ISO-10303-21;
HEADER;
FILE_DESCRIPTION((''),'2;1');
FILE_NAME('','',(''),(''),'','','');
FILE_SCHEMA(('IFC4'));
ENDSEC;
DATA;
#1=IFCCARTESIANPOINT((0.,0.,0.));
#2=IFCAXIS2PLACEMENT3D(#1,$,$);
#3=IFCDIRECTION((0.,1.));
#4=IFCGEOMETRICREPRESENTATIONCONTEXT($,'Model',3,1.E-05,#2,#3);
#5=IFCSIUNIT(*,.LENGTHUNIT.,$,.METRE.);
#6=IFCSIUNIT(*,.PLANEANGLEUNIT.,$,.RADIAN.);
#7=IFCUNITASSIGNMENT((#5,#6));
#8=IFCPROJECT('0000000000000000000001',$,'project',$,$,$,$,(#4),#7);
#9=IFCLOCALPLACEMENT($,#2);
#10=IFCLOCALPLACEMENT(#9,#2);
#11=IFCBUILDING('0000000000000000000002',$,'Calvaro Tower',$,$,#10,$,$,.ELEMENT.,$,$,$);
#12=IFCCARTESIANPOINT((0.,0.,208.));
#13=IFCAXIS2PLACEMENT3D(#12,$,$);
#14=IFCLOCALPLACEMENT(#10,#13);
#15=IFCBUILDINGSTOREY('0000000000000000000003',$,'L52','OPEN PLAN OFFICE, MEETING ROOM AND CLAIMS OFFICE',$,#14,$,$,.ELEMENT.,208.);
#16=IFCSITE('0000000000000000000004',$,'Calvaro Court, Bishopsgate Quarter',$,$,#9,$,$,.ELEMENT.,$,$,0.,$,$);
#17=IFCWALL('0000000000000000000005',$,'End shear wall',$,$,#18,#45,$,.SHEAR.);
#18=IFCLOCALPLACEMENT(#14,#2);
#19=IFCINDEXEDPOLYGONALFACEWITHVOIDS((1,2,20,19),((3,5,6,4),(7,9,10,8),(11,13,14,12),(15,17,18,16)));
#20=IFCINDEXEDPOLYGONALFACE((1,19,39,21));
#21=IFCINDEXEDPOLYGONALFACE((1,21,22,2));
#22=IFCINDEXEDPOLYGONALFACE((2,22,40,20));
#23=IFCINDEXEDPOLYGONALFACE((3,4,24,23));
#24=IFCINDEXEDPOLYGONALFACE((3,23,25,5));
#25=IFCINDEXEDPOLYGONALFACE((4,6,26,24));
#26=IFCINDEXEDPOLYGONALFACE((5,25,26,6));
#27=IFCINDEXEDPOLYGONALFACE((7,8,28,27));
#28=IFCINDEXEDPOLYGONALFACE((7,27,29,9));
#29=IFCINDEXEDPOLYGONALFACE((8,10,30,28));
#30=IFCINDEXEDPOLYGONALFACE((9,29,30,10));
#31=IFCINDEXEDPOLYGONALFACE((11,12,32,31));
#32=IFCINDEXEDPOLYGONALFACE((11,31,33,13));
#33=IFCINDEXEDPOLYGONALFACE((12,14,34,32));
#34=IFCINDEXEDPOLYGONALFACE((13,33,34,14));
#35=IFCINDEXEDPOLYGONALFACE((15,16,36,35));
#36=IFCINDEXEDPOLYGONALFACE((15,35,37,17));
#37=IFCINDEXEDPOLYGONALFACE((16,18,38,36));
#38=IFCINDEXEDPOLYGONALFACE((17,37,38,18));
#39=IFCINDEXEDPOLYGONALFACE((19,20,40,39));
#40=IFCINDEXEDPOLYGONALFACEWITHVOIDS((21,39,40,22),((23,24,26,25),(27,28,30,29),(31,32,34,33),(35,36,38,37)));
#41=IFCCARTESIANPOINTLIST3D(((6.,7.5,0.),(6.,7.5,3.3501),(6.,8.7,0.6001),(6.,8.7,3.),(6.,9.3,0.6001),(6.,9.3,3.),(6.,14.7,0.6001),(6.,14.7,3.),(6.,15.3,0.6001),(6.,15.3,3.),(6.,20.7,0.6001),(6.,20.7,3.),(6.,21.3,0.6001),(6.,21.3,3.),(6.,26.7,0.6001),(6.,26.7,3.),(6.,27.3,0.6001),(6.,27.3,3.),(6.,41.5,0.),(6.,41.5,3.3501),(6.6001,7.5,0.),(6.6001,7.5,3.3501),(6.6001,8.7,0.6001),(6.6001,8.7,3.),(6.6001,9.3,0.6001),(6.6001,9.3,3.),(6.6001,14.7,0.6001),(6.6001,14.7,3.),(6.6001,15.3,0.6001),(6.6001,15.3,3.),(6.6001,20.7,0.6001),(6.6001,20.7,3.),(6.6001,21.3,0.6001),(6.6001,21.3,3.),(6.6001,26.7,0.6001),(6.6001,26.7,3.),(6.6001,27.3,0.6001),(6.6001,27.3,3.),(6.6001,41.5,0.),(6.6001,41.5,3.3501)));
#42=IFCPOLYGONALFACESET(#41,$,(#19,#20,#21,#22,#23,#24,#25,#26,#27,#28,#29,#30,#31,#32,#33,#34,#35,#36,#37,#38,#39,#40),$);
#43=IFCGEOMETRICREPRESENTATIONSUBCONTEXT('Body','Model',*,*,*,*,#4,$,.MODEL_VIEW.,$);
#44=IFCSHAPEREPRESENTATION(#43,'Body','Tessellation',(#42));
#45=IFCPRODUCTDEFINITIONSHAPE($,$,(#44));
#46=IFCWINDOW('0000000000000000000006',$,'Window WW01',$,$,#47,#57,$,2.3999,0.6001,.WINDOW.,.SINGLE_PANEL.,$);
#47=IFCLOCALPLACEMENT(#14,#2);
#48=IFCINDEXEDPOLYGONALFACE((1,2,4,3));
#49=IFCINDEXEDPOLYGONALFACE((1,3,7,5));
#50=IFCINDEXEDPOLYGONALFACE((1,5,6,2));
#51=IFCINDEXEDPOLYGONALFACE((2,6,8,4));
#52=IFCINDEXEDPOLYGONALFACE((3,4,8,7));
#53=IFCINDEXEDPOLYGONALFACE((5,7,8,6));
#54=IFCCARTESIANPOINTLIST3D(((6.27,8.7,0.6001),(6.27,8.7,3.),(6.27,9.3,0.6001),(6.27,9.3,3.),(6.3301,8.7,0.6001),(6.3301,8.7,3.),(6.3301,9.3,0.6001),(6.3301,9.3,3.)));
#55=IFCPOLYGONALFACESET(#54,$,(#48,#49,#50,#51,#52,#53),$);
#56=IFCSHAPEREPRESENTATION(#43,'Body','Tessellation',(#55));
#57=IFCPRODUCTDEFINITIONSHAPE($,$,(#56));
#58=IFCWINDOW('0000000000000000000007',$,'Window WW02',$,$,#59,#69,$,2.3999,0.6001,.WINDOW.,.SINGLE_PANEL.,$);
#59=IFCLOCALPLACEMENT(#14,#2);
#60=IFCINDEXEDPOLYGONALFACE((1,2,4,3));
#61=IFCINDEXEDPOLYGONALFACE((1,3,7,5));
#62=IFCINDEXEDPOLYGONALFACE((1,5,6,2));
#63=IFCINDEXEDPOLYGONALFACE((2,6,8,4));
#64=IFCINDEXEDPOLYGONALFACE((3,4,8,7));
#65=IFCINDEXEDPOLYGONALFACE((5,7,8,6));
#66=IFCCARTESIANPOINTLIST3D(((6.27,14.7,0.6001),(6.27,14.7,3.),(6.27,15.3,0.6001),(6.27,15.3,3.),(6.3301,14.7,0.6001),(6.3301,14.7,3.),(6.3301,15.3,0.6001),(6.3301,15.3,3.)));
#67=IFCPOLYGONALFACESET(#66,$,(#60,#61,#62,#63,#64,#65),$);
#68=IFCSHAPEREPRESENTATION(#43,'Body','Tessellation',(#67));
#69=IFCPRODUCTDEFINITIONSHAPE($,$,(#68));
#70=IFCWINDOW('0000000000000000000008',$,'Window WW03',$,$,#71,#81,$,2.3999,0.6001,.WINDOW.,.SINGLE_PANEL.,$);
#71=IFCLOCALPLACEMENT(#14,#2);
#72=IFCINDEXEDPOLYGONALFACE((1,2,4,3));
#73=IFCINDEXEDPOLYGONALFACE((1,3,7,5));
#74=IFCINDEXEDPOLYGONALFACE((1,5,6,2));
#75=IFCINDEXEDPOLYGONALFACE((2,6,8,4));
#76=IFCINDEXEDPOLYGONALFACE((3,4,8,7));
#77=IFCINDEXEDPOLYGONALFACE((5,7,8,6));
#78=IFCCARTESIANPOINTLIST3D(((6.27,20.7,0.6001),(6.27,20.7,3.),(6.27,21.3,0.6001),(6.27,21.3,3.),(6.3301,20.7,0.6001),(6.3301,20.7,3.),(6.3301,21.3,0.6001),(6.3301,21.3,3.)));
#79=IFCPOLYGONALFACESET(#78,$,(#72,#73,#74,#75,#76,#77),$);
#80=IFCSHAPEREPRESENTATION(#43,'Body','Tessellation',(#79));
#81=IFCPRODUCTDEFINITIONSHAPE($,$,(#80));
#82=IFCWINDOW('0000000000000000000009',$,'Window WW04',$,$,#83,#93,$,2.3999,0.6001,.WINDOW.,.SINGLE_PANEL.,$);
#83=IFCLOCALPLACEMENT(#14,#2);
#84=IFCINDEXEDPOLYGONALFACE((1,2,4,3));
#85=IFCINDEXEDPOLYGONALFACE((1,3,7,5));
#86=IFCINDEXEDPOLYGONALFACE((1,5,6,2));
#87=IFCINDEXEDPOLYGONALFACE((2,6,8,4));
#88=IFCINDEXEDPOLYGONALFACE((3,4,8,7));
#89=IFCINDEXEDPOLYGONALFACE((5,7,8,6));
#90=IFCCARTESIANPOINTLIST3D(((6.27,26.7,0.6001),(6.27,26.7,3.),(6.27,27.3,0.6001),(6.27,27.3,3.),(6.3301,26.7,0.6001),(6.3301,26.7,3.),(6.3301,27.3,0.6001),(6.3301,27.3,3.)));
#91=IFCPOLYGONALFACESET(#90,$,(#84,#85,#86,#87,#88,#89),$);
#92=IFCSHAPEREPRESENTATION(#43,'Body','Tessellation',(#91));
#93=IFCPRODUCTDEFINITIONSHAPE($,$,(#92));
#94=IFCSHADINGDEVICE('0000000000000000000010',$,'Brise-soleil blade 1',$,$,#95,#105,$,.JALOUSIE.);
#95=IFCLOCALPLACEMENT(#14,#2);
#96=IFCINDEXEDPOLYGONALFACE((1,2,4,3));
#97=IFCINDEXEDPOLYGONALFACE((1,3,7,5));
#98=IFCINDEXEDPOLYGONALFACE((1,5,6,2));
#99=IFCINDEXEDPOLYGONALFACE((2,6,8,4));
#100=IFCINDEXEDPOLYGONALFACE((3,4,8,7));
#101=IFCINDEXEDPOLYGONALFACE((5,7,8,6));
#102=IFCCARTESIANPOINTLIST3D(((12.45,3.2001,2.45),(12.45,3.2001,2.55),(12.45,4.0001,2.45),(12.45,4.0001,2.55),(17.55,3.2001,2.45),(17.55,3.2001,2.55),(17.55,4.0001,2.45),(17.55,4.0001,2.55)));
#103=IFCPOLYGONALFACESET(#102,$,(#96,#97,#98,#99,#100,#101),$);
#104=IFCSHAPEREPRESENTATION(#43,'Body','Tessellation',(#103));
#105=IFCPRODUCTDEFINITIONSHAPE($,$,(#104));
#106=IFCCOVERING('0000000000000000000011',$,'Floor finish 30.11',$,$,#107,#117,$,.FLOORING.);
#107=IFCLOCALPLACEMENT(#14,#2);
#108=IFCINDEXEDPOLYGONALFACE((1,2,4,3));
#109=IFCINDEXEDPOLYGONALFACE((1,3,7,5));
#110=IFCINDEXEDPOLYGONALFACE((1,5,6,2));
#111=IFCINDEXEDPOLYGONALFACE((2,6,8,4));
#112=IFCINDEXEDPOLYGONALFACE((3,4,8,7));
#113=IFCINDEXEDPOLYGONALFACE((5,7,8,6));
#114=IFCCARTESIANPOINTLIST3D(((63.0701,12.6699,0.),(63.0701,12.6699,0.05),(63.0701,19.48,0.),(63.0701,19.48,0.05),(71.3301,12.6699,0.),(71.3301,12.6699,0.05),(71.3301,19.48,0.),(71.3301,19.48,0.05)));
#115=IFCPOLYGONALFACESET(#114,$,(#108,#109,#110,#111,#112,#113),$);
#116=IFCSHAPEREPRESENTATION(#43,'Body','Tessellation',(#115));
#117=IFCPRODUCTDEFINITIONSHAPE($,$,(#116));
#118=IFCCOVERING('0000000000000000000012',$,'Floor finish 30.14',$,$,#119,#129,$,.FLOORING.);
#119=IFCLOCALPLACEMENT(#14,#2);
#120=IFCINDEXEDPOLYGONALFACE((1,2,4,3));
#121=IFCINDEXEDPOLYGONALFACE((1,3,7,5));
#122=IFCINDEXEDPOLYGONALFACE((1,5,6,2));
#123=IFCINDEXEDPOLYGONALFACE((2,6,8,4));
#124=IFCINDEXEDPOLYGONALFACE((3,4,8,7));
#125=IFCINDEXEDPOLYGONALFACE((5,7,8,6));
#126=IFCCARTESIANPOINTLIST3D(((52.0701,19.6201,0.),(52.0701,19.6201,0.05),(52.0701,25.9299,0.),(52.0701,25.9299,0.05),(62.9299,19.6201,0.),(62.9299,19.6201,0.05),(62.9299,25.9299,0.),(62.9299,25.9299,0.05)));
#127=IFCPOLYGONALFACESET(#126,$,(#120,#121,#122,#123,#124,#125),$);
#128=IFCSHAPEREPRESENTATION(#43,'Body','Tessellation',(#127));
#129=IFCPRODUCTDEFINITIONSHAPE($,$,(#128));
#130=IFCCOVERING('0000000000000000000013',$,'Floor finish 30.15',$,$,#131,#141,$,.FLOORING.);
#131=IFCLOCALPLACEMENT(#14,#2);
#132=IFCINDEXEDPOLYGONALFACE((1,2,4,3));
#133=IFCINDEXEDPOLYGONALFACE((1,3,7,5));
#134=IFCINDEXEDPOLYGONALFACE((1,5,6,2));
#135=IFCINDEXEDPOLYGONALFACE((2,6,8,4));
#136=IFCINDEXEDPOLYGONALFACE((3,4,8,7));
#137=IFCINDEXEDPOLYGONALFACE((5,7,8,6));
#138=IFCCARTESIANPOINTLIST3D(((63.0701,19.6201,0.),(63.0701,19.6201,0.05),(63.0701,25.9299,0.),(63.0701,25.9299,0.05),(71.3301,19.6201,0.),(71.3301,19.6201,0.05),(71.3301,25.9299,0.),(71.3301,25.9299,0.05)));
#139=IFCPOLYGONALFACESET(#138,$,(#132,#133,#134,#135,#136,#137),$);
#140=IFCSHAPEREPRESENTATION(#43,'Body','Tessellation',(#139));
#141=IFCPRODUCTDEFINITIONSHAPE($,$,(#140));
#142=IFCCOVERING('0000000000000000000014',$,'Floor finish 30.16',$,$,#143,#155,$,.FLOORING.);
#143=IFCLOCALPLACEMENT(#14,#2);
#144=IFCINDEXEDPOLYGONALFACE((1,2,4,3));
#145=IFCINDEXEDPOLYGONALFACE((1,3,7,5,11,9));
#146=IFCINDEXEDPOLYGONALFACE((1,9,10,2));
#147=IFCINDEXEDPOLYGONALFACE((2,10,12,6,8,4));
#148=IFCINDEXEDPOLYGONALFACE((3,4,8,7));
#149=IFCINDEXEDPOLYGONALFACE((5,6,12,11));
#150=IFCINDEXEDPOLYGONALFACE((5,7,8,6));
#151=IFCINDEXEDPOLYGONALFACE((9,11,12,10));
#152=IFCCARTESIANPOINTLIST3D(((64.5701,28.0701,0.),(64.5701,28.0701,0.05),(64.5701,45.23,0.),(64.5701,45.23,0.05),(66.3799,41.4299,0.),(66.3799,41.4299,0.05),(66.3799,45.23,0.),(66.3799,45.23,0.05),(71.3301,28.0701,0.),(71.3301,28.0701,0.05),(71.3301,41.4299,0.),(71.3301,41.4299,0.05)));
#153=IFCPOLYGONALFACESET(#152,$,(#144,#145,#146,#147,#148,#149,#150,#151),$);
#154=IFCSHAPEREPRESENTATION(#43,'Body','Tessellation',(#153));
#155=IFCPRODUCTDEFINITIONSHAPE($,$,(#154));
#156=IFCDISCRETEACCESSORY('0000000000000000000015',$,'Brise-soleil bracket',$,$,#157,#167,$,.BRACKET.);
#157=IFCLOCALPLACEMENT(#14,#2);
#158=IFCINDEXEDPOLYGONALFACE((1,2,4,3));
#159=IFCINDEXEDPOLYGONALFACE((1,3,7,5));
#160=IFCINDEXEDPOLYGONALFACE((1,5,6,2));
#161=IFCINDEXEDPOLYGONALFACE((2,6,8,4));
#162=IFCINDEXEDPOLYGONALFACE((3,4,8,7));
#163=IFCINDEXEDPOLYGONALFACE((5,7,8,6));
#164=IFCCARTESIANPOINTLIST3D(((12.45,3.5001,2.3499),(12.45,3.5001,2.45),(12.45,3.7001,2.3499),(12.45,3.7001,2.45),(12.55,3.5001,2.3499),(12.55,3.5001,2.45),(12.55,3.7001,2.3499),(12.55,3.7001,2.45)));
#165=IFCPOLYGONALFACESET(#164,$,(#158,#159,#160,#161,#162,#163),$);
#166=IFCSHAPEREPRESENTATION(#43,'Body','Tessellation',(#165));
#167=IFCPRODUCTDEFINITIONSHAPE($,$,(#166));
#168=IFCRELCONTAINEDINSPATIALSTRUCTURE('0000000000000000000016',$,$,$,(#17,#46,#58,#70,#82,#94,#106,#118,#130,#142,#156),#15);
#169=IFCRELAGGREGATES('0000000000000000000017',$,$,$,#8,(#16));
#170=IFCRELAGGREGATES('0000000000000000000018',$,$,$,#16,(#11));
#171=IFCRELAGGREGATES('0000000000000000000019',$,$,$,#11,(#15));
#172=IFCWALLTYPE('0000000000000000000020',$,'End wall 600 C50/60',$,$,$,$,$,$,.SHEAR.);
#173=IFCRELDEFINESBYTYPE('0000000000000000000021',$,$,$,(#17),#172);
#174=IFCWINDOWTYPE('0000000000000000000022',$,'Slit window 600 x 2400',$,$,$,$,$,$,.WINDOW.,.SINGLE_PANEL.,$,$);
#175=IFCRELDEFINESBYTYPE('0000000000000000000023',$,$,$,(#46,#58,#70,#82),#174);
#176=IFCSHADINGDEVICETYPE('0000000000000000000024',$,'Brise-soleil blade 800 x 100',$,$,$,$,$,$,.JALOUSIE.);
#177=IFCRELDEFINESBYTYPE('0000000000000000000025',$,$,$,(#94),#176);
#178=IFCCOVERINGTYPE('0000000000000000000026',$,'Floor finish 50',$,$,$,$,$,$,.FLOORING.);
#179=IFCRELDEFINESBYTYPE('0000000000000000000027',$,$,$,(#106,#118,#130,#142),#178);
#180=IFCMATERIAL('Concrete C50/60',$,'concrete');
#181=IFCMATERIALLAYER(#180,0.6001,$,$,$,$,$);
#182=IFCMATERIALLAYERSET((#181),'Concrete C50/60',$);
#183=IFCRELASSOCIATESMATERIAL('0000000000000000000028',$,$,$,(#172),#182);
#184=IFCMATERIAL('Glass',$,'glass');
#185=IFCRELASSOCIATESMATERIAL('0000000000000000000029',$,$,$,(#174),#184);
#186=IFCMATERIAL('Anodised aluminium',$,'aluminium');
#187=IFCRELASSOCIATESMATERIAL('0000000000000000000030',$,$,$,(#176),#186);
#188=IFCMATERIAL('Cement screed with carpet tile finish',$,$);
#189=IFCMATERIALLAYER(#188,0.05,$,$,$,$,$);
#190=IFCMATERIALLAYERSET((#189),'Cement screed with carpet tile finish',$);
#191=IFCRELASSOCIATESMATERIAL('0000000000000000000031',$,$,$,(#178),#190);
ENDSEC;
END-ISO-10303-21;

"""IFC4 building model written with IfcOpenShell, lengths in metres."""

from ifc_helpers import new_model, si_unit, direction, frame, frame_2d, origin, origin_2d, place, context, subcontext, project, spatial, polyline, rectangle, outline, extrude, material, layer, layer_set, material_profile, profile_set, type_object, element, fill, save


model = new_model("IFC4")

# Units and contexts
model_context = context("Model", 3, precision=1e-05, world=origin(), true_north=direction((0.0, 1.0)))
body_context = subcontext(model_context, "Body", "Model", "MODEL_VIEW")
ifc_project = project(units=[si_unit("LENGTHUNIT", "METRE"), si_unit("PLANEANGLEUNIT", "RADIAN")], contexts=[model_context])

# Site, building, storey
site_placement = place(None, origin())
site = spatial("IfcSite", under=ifc_project, at=site_placement, Name="Calvaro Court, Bishopsgate Quarter", CompositionType="ELEMENT", RefElevation=0.0)
building_placement = place(site_placement, origin())
building = spatial("IfcBuilding", under=site, at=building_placement, Name="Calvaro Tower", CompositionType="ELEMENT")
storey_placement = place(building_placement, frame((0.0, 0.0, 208.0)))
storey = spatial("IfcBuildingStorey", under=building, at=storey_placement, Name="L52", Description="OPEN PLAN OFFICE, MEETING ROOM AND CLAIMS OFFICE", CompositionType="ELEMENT", Elevation=208.0)

# Wall, openings, windows
ifc_material_1 = material(Name="Concrete C50/60", Category="concrete")
ifc_layer_1 = layer(ifc_material_1, 0.6001)
ifc_layer_set_1 = layer_set([ifc_layer_1], Name="Concrete C50/60")
wall_type = type_object("IfcWallType", Name="End wall 600 C50/60", PredefinedType="SHEAR", material=ifc_layer_set_1)
wall_placement = place(storey_placement, frame((6.3, 7.5, 0.0), z_axis=(0.0, 0.0, 1.0), x_axis=(0.0, 1.0, 0.0)))
wall = element("IfcWall", 1, at=wall_placement, inside=storey, type_object=wall_type, Name="End shear wall", PredefinedType="SHEAR", context=body_context, shape_type="SweptSolid", body=[
    extrude(rectangle(XDim=34.0, YDim=0.6001, at=frame_2d((17.0, 0.0))), origin(), (0.0, 0.0, 1.0), 3.3501),
])
opening_1_placement = place(wall_placement, frame((1.2, 0.0, 0.6001)))
opening_1 = element("IfcOpeningElement", 2, at=opening_1_placement, cuts=wall, PredefinedType="OPENING", context=body_context, shape_type="SweptSolid", body=[
    extrude(rectangle(XDim=0.6001, YDim=2.3999, at=frame_2d((0.3, 1.2))), frame((0.0, 0.3101, 0.0), z_axis=(0.0, -1.0, 0.0), x_axis=(1.0, 0.0, 0.0)), (0.0, 0.0, 1.0), 0.6201),
])
opening_2_placement = place(wall_placement, frame((7.2, 0.0, 0.6001)))
opening_2 = element("IfcOpeningElement", 3, at=opening_2_placement, cuts=wall, PredefinedType="OPENING", context=body_context, shape_type="SweptSolid", body=[
    extrude(rectangle(XDim=0.6001, YDim=2.3999, at=frame_2d((0.3, 1.2))), frame((0.0, 0.3101, 0.0), z_axis=(0.0, -1.0, 0.0), x_axis=(1.0, 0.0, 0.0)), (0.0, 0.0, 1.0), 0.6201),
])
opening_3_placement = place(wall_placement, frame((13.2, 0.0, 0.6001)))
opening_3 = element("IfcOpeningElement", 4, at=opening_3_placement, cuts=wall, PredefinedType="OPENING", context=body_context, shape_type="SweptSolid", body=[
    extrude(rectangle(XDim=0.6001, YDim=2.3999, at=frame_2d((0.3, 1.2))), frame((0.0, 0.3101, 0.0), z_axis=(0.0, -1.0, 0.0), x_axis=(1.0, 0.0, 0.0)), (0.0, 0.0, 1.0), 0.6201),
])
opening_4_placement = place(wall_placement, frame((19.2, 0.0, 0.6001)))
opening_4 = element("IfcOpeningElement", 5, at=opening_4_placement, cuts=wall, PredefinedType="OPENING", context=body_context, shape_type="SweptSolid", body=[
    extrude(rectangle(XDim=0.6001, YDim=2.3999, at=frame_2d((0.3, 1.2))), frame((0.0, 0.3101, 0.0), z_axis=(0.0, -1.0, 0.0), x_axis=(1.0, 0.0, 0.0)), (0.0, 0.0, 1.0), 0.6201),
])
ifc_material_2 = material(Name="Glass", Category="glass")
window_type = type_object("IfcWindowType", Name="Slit window 600 x 2400", PartitioningType="SINGLE_PANEL", PredefinedType="WINDOW", material=ifc_material_2)
window_1_placement = place(opening_1_placement, origin())
window_1 = element("IfcWindow", 6, at=window_1_placement, inside=storey, type_object=window_type, Name="Window WW01", OverallHeight=2.3999, OverallWidth=0.6001, PartitioningType="SINGLE_PANEL", PredefinedType="WINDOW", context=body_context, shape_type="SweptSolid", body=[
    extrude(rectangle(XDim=0.6001, YDim=2.3999, at=frame_2d((0.3, 1.2))), frame((0.0, 0.03, 0.0), z_axis=(0.0, -1.0, 0.0), x_axis=(1.0, 0.0, 0.0)), (0.0, 0.0, 1.0), 0.0601),
])
fill(opening_1, window_1)
window_2_placement = place(opening_2_placement, origin())
window_2 = element("IfcWindow", 7, at=window_2_placement, inside=storey, type_object=window_type, Name="Window WW02", OverallHeight=2.3999, OverallWidth=0.6001, PartitioningType="SINGLE_PANEL", PredefinedType="WINDOW", context=body_context, shape_type="SweptSolid", body=[
    extrude(rectangle(XDim=0.6001, YDim=2.3999, at=frame_2d((0.3, 1.2))), frame((0.0, 0.03, 0.0), z_axis=(0.0, -1.0, 0.0), x_axis=(1.0, 0.0, 0.0)), (0.0, 0.0, 1.0), 0.0601),
])
fill(opening_2, window_2)
window_3_placement = place(opening_3_placement, origin())
window_3 = element("IfcWindow", 8, at=window_3_placement, inside=storey, type_object=window_type, Name="Window WW03", OverallHeight=2.3999, OverallWidth=0.6001, PartitioningType="SINGLE_PANEL", PredefinedType="WINDOW", context=body_context, shape_type="SweptSolid", body=[
    extrude(rectangle(XDim=0.6001, YDim=2.3999, at=frame_2d((0.3, 1.2))), frame((0.0, 0.03, 0.0), z_axis=(0.0, -1.0, 0.0), x_axis=(1.0, 0.0, 0.0)), (0.0, 0.0, 1.0), 0.0601),
])
fill(opening_3, window_3)
window_4_placement = place(opening_4_placement, origin())
window_4 = element("IfcWindow", 9, at=window_4_placement, inside=storey, type_object=window_type, Name="Window WW04", OverallHeight=2.3999, OverallWidth=0.6001, PartitioningType="SINGLE_PANEL", PredefinedType="WINDOW", context=body_context, shape_type="SweptSolid", body=[
    extrude(rectangle(XDim=0.6001, YDim=2.3999, at=frame_2d((0.3, 1.2))), frame((0.0, 0.03, 0.0), z_axis=(0.0, -1.0, 0.0), x_axis=(1.0, 0.0, 0.0)), (0.0, 0.0, 1.0), 0.0601),
])
fill(opening_4, window_4)

# Shading device
ifc_material_3 = material(Name="Anodised aluminium", Category="aluminium")
ifc_material_profile_1 = material_profile(ifc_material_3, rectangle(XDim=0.8, YDim=0.1001, at=origin_2d()), Name="Brise-soleil blade 800 x 100")
ifc_profile_set_1 = profile_set([ifc_material_profile_1], Name="Anodised aluminium")
shading_device_type = type_object("IfcShadingDeviceType", Name="Brise-soleil blade 800 x 100", PredefinedType="JALOUSIE", material=ifc_profile_set_1)
shading_device_placement = place(storey_placement, frame((12.45, 3.6001, 2.5), z_axis=(1.0, 0.0, 0.0), x_axis=(0.0, 1.0, 0.0)))
element("IfcShadingDevice", 10, at=shading_device_placement, inside=storey, type_object=shading_device_type, Name="Brise-soleil blade 1", PredefinedType="JALOUSIE", context=body_context, shape_type="SweptSolid", body=[
    extrude(rectangle(XDim=0.8, YDim=0.1001, at=origin_2d()), origin(), (0.0, 0.0, 1.0), 5.1001),
])

# Coverings
ifc_material_4 = material(Name="Cement screed with carpet tile finish")
ifc_layer_2 = layer(ifc_material_4, 0.05)
ifc_layer_set_2 = layer_set([ifc_layer_2], Name="Cement screed with carpet tile finish")
covering_type = type_object("IfcCoveringType", Name="Floor finish 50", PredefinedType="FLOORING", material=ifc_layer_set_2)
covering_1_placement = place(storey_placement, origin())
element("IfcCovering", 11, at=covering_1_placement, inside=storey, type_object=covering_type, Name="Floor finish 30.11", PredefinedType="FLOORING", context=body_context, shape_type="SweptSolid", body=[
    extrude(outline(polyline([(71.3301, 12.6699), (63.0701, 12.6699), (63.0701, 19.48), (71.3301, 19.48), (71.3301, 12.6699)])), origin(), (0.0, 0.0, 1.0), 0.05),
])
covering_2_placement = place(storey_placement, origin())
element("IfcCovering", 12, at=covering_2_placement, inside=storey, type_object=covering_type, Name="Floor finish 30.14", PredefinedType="FLOORING", context=body_context, shape_type="SweptSolid", body=[
    extrude(outline(polyline([(52.0701, 19.6201), (52.0701, 25.9299), (62.9299, 25.9299), (62.9299, 19.6201), (52.0701, 19.6201)])), origin(), (0.0, 0.0, 1.0), 0.05),
])
covering_3_placement = place(storey_placement, origin())
element("IfcCovering", 13, at=covering_3_placement, inside=storey, type_object=covering_type, Name="Floor finish 30.15", PredefinedType="FLOORING", context=body_context, shape_type="SweptSolid", body=[
    extrude(outline(polyline([(71.3301, 19.6201), (63.0701, 19.6201), (63.0701, 25.9299), (71.3301, 25.9299), (71.3301, 19.6201)])), origin(), (0.0, 0.0, 1.0), 0.05),
])
covering_4_placement = place(storey_placement, origin())
element("IfcCovering", 14, at=covering_4_placement, inside=storey, type_object=covering_type, Name="Floor finish 30.16", PredefinedType="FLOORING", context=body_context, shape_type="SweptSolid", body=[
    extrude(outline(polyline([(71.3301, 28.0701), (64.5701, 28.0701), (64.5701, 45.23), (66.3799, 45.23), (66.3799, 41.4299), (71.3301, 41.4299), (71.3301, 28.0701)])), origin(), (0.0, 0.0, 1.0), 0.05),
])

# Discrete accessory
discrete_accessory_placement = place(storey_placement, frame((12.5, 3.6001, 2.3499), z_axis=(0.0, 0.0, 1.0), x_axis=(1.0, 0.0, 0.0)))
element("IfcDiscreteAccessory", 15, at=discrete_accessory_placement, inside=storey, Name="Brise-soleil bracket", PredefinedType="BRACKET", context=body_context, shape_type="SweptSolid", body=[
    extrude(rectangle(XDim=0.1001, YDim=0.2, at=origin_2d()), origin(), (0.0, 0.0, 1.0), 0.1001),
])

save(model, "model.ifc")
